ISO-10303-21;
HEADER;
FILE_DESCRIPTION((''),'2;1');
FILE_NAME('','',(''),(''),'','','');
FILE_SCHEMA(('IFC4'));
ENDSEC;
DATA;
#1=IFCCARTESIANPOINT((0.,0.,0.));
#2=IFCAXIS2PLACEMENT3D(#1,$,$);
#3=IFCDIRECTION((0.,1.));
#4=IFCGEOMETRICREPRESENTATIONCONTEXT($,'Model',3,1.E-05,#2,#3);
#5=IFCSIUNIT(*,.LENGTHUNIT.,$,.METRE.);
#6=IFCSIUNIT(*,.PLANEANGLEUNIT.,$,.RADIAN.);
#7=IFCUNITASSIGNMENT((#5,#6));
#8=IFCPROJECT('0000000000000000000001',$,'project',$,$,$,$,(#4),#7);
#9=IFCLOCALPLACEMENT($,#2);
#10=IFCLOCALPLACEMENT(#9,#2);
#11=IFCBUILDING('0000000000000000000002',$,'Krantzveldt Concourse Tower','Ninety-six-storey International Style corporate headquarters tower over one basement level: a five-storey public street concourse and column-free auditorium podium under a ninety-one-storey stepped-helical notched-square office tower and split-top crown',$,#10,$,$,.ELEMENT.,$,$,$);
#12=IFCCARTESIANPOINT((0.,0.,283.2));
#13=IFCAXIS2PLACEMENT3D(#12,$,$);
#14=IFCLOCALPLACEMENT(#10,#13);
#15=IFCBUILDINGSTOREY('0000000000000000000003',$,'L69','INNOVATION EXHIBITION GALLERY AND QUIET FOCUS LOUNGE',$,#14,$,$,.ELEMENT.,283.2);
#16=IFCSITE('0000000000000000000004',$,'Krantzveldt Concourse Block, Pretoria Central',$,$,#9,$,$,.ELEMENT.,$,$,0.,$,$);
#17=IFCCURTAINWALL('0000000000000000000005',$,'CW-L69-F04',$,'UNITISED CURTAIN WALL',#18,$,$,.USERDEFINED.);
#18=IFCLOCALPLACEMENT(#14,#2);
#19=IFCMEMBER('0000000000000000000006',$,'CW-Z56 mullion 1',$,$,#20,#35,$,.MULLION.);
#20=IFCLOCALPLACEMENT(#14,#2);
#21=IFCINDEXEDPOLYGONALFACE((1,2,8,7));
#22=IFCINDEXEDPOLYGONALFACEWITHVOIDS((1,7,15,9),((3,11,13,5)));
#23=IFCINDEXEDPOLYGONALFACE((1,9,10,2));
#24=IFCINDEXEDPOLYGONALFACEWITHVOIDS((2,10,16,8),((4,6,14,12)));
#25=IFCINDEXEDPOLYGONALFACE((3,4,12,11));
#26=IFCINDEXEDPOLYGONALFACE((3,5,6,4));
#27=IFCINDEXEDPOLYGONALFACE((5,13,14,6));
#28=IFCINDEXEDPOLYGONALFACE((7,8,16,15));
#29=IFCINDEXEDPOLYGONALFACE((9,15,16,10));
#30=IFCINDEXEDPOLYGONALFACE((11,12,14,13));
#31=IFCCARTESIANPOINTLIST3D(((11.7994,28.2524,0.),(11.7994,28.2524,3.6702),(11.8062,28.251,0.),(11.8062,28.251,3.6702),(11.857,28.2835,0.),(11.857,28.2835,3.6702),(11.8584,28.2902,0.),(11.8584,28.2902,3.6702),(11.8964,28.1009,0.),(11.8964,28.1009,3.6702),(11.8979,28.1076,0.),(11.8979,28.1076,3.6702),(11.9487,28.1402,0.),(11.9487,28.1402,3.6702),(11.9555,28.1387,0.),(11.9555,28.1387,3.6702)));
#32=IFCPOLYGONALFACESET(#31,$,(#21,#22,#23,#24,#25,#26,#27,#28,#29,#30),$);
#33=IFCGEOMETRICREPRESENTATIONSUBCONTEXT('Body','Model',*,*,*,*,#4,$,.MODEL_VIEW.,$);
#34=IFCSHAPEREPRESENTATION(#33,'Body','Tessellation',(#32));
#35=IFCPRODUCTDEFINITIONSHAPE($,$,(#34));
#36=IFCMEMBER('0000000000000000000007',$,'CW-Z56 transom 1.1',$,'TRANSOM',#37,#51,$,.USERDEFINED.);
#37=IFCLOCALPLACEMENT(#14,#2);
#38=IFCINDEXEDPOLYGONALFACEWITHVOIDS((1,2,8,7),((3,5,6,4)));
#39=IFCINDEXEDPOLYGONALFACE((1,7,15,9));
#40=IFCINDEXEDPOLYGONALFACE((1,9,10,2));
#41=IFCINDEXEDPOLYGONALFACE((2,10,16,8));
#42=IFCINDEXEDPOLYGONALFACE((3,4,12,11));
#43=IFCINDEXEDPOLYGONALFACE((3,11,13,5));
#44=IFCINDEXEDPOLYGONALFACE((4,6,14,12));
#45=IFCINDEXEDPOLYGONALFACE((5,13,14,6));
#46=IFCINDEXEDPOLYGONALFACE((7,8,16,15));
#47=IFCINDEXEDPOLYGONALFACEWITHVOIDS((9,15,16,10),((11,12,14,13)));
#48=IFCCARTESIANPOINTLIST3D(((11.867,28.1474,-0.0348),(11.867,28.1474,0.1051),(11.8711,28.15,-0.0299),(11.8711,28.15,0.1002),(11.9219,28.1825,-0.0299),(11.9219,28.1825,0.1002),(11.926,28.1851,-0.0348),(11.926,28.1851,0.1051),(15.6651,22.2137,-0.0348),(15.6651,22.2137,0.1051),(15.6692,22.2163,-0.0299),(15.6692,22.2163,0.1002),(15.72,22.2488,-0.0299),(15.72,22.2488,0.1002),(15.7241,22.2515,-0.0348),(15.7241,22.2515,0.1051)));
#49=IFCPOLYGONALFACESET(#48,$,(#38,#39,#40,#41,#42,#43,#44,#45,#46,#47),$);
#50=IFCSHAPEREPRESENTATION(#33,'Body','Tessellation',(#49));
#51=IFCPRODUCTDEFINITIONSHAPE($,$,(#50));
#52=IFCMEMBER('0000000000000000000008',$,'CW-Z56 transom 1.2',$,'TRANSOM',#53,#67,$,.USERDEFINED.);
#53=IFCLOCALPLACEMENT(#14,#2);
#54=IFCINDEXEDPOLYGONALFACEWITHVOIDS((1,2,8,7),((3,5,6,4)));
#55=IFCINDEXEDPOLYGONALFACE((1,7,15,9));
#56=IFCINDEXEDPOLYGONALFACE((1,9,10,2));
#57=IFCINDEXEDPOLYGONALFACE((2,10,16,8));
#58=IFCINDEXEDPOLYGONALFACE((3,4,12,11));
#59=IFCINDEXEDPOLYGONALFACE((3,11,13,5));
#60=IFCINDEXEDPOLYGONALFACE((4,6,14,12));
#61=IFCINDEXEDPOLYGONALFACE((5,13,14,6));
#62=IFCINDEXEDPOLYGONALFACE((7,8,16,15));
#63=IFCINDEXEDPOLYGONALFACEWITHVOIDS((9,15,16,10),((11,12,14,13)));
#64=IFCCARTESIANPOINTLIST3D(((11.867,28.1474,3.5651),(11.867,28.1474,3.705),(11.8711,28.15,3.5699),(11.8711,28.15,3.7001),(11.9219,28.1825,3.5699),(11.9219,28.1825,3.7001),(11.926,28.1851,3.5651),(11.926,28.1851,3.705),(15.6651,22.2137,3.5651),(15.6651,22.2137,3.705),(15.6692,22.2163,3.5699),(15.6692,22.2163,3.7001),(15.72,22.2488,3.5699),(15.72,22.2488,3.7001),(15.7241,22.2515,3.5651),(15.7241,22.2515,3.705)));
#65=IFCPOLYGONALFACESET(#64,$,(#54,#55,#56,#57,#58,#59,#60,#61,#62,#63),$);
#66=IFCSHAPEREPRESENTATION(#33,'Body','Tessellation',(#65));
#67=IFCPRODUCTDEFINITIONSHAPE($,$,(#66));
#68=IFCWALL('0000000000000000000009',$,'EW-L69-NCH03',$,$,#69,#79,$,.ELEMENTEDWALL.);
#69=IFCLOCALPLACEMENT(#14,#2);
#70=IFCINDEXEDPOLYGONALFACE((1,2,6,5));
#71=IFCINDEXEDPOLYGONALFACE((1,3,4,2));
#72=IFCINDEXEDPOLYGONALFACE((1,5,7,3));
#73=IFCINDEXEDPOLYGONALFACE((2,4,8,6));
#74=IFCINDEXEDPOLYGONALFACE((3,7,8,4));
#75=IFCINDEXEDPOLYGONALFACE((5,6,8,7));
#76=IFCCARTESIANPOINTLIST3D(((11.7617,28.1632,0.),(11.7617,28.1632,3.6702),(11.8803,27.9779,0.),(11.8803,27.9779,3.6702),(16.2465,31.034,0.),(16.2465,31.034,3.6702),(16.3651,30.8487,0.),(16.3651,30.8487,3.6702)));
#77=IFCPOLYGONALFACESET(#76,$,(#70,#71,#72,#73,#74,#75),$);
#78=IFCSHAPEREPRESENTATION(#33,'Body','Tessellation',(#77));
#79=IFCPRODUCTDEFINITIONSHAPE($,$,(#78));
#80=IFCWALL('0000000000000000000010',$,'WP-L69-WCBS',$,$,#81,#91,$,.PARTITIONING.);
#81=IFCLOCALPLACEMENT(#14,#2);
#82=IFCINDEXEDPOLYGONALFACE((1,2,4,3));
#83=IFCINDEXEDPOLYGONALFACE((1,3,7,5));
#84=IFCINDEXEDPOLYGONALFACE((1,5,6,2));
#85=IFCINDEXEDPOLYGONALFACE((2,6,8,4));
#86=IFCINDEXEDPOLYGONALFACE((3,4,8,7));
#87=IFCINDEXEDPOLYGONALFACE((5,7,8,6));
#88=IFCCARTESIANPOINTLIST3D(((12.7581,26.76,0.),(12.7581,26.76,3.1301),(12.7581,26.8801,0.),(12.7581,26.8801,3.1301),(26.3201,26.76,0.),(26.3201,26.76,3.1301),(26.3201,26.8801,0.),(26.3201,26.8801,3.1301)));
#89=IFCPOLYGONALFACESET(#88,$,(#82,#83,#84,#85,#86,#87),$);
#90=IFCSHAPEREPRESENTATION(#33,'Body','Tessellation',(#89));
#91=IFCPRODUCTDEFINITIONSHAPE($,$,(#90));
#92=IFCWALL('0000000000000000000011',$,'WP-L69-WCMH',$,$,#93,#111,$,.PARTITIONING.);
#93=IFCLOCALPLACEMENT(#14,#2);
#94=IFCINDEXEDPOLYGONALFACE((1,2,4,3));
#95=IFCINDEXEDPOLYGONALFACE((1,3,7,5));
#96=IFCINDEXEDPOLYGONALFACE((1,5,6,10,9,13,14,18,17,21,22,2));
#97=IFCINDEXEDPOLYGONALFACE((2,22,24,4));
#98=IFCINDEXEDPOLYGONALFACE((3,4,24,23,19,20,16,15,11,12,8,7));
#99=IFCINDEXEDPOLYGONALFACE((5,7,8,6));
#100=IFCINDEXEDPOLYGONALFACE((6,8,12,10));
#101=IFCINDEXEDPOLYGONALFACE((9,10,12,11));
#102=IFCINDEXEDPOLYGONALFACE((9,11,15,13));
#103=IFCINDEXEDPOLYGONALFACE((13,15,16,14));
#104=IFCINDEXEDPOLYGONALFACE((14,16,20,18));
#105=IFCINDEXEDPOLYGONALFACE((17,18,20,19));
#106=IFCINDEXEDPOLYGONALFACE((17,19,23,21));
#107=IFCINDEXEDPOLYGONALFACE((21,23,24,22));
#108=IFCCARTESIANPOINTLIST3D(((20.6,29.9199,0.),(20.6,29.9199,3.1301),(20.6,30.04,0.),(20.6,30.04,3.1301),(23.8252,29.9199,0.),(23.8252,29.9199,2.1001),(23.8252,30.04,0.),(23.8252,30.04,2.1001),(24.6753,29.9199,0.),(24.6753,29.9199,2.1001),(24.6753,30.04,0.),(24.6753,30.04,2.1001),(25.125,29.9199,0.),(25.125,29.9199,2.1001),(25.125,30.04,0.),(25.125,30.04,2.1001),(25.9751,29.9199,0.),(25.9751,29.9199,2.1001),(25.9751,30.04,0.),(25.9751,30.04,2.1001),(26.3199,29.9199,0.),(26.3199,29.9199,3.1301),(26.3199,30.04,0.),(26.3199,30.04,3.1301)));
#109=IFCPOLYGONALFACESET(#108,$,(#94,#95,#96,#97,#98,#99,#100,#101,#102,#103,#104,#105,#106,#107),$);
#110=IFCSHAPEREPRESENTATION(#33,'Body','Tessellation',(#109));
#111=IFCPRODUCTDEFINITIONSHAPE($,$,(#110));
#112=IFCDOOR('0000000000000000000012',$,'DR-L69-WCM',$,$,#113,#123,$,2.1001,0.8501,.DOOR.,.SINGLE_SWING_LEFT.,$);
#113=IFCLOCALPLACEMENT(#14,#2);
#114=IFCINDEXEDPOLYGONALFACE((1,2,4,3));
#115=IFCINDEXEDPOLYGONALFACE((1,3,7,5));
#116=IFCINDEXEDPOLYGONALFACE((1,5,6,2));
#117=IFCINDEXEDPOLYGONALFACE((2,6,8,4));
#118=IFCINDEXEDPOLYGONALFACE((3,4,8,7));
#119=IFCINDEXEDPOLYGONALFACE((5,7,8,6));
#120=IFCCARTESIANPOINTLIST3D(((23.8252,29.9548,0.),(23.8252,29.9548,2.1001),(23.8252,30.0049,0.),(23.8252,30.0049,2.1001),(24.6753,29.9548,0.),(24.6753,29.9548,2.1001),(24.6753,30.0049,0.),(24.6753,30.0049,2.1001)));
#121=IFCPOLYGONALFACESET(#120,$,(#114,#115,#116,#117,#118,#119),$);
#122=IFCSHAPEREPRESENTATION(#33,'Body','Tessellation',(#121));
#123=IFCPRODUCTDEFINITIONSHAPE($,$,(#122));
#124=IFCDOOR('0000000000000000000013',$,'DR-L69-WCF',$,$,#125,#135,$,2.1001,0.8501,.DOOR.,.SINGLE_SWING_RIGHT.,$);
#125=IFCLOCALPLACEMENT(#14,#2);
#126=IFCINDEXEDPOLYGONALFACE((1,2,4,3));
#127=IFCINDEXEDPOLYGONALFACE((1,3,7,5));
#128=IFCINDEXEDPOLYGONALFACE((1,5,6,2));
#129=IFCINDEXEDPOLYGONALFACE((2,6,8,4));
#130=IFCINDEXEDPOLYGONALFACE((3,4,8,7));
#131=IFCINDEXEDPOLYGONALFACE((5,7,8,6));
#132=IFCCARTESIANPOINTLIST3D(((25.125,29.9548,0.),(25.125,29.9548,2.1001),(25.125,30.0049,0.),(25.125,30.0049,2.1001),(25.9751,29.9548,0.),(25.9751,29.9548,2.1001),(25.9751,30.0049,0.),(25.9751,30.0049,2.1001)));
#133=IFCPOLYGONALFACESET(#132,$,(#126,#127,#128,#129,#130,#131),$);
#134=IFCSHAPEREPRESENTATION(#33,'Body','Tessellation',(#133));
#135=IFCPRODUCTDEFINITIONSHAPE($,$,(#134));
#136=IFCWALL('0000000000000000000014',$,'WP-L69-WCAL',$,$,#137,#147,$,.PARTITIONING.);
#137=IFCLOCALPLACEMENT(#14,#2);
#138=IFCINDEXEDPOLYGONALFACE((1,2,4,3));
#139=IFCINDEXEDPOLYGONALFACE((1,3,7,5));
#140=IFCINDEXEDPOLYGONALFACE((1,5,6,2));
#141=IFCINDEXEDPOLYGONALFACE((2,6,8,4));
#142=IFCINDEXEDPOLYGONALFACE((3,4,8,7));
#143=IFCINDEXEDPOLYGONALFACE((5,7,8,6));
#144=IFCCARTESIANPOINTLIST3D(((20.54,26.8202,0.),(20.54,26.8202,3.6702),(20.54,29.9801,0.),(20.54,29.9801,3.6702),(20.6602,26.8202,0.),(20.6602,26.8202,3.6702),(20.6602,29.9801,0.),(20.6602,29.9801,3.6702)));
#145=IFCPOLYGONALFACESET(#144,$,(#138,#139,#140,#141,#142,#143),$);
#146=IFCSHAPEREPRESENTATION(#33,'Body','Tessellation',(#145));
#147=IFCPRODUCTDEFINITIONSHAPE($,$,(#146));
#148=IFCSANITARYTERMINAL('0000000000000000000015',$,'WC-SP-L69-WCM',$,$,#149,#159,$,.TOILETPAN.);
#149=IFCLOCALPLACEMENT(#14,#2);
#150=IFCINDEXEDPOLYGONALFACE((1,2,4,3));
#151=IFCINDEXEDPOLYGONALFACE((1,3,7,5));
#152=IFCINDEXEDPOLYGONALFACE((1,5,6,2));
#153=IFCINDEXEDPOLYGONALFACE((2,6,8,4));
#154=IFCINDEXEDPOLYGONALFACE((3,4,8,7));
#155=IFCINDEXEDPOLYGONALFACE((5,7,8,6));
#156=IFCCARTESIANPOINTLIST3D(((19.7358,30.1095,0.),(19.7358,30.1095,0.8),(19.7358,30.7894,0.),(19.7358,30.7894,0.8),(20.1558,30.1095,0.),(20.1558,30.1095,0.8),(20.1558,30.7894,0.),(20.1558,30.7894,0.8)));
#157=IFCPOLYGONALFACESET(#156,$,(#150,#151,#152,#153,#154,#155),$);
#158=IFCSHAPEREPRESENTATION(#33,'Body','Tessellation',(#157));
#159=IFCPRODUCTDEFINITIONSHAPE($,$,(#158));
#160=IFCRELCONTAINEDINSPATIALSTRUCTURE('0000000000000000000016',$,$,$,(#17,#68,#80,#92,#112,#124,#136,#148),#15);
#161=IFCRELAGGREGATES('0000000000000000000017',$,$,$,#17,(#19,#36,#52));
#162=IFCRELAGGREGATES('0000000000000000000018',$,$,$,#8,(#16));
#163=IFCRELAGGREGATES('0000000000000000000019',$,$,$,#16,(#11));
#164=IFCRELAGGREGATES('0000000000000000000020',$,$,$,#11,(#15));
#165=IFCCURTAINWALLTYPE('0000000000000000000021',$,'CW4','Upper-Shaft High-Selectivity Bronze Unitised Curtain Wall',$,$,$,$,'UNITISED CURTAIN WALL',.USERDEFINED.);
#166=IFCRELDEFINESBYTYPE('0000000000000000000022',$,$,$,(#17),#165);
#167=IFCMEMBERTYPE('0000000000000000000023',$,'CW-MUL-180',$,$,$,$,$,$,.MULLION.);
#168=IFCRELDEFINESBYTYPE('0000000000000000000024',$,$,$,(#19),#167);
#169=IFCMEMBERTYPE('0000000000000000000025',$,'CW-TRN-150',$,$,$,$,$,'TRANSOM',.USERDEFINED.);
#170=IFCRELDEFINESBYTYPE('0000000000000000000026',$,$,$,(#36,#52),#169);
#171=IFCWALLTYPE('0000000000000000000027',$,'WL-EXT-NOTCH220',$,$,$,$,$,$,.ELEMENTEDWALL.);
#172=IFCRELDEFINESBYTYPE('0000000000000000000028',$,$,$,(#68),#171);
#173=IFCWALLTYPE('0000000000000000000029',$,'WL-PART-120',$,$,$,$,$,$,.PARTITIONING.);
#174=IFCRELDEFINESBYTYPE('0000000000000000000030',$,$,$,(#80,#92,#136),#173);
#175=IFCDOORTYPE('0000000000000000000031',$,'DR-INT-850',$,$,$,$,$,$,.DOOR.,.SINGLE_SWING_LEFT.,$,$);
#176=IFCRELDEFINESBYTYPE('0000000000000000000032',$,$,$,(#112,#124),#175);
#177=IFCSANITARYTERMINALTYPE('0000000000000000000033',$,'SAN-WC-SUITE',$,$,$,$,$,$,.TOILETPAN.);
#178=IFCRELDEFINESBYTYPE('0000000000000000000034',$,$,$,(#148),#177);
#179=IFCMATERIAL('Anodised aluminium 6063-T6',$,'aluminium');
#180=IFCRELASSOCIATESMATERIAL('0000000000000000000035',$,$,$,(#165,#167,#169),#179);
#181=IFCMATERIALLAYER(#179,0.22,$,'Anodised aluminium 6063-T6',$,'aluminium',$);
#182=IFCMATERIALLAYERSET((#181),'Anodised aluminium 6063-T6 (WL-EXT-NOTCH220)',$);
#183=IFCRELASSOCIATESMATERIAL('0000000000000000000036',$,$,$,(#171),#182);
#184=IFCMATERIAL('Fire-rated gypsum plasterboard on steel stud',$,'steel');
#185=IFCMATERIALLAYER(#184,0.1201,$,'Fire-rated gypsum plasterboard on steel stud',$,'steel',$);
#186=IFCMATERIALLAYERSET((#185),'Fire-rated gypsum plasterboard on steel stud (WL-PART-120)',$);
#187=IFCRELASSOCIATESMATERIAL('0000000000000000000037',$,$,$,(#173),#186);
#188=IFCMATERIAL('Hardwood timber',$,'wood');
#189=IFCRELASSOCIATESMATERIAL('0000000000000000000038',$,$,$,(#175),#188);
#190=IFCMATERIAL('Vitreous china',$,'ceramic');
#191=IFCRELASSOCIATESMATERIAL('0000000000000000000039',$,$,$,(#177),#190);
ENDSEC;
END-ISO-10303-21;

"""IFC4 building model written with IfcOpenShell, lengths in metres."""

from ifc_helpers import new_model, si_unit, direction, frame, frame_2d, origin, origin_2d, place, context, subcontext, project, spatial, rectangle, hollow_rectangle, extrude, source, transform, mapped, material, layer, layer_set, material_profile, profile_set, type_object, type_shapes, element, fill, aggregate, save


model = new_model("IFC4")

# Units and contexts
model_context = context("Model", 3, precision=1e-05, world=origin(), true_north=direction((0.0, 1.0)))
body_context = subcontext(model_context, "Body", "Model", "MODEL_VIEW")
ifc_project = project(units=[si_unit("LENGTHUNIT", "METRE"), si_unit("PLANEANGLEUNIT", "RADIAN")], contexts=[model_context])

# Site, building, storey
site_placement = place(None, origin())
site = spatial("IfcSite", under=ifc_project, at=site_placement, Name="Krantzveldt Concourse Block, Pretoria Central", CompositionType="ELEMENT", RefElevation=0.0)
building_placement = place(site_placement, origin())
building = spatial("IfcBuilding", under=site, at=building_placement, Name="Krantzveldt Concourse Tower", Description="Ninety-six-storey International Style corporate headquarters tower over one basement level: a five-storey public street concourse and column-free auditorium podium under a ninety-one-storey stepped-helical notched-square office tower and split-top crown", CompositionType="ELEMENT")
storey_placement = place(building_placement, frame((0.0, 0.0, 283.2)))
storey = spatial("IfcBuildingStorey", under=building, at=storey_placement, Name="L69", Description="INNOVATION EXHIBITION GALLERY AND QUIET FOCUS LOUNGE", CompositionType="ELEMENT", Elevation=283.2)

# Curtain wall, members
ifc_material_1 = material(Name="Anodised aluminium 6063-T6", Category="aluminium")
curtain_wall_type = type_object("IfcCurtainWallType", Name="CW4", Description="Upper-Shaft High-Selectivity Bronze Unitised Curtain Wall", ElementType="UNITISED CURTAIN WALL", PredefinedType="USERDEFINED", material=ifc_material_1)
curtain_wall_placement = place(storey_placement, origin())
curtain_wall = element("IfcCurtainWall", 1, at=curtain_wall_placement, inside=storey, type_object=curtain_wall_type, Name="CW-L69-F04", ObjectType="UNITISED CURTAIN WALL", PredefinedType="USERDEFINED")
ifc_material_profile_1 = material_profile(ifc_material_1, hollow_rectangle(XDim=0.0701, YDim=0.1799, WallThickness=0.0049, at=origin_2d()), Name="Anodised aluminium 6063-T6", Category="aluminium")
ifc_profile_set_1 = profile_set([ifc_material_profile_1], Name="Anodised aluminium 6063-T6 - ALU-MULL 180x70x5")
member_type_1 = type_object("IfcMemberType", Name="CW-MUL-180", PredefinedType="MULLION", material=ifc_profile_set_1)
shared_shape_1 = source(origin(), body_context, "Body", "SweptSolid", [
    extrude(hollow_rectangle(XDim=0.0701, YDim=0.1799, WallThickness=0.0049, at=origin_2d()), origin(), (0.0, 0.0, 1.0), 3.6702),
])
type_shapes(member_type_1, [shared_shape_1])
member_1_placement = place(storey_placement, frame((11.8774, 28.1956, 0.0), z_axis=(0.0, 0.0, 1.0), x_axis=(0.842217, 0.539138, 0.0)))
member_1 = element("IfcMember", 2, at=member_1_placement, type_object=member_type_1, Name="CW-Z56 mullion 1", PredefinedType="MULLION", context=body_context, shape_type="MappedRepresentation", body=[
    mapped(shared_shape_1, transform((0.0, 0.0, 0.0), x_axis=(1.0, 0.0, 0.0), y_axis=(0.0, 1.0, 0.0), z_axis=(0.0, 0.0, 1.0), scale=1.0)),
])
ifc_material_profile_2 = material_profile(ifc_material_1, hollow_rectangle(XDim=0.0701, YDim=0.1399, WallThickness=0.0049, at=origin_2d()), Name="Anodised aluminium 6063-T6", Category="aluminium")
ifc_profile_set_2 = profile_set([ifc_material_profile_2], Name="Anodised aluminium 6063-T6 - ALU-TRAN 140x70x5")
member_type_2 = type_object("IfcMemberType", Name="CW-TRN-150", ElementType="TRANSOM", PredefinedType="USERDEFINED", material=ifc_profile_set_2)
shared_shape_2 = source(origin(), body_context, "Body", "SweptSolid", [
    extrude(hollow_rectangle(XDim=0.0701, YDim=0.1399, WallThickness=0.0049, at=origin_2d()), origin(), (0.0, 0.0, 1.0), 7.0452),
])
type_shapes(member_type_2, [shared_shape_2])
member_2_placement = place(storey_placement, frame((11.8965, 28.1663, 0.0352), z_axis=(0.539114, -0.842233, 0.0), x_axis=(0.842233, 0.539114, 0.0)))
member_2 = element("IfcMember", 3, at=member_2_placement, type_object=member_type_2, Name="CW-Z56 transom 1.1", ObjectType="TRANSOM", PredefinedType="USERDEFINED", context=body_context, shape_type="MappedRepresentation", body=[
    mapped(shared_shape_2, transform((0.0, 0.0, 0.0), x_axis=(1.0, 0.0, 0.0), y_axis=(0.0, 1.0, 0.0), z_axis=(0.0, 0.0, 1.0), scale=1.0)),
])
member_3_placement = place(storey_placement, frame((11.8965, 28.1663, 3.635), z_axis=(0.539114, -0.842233, 0.0), x_axis=(0.842233, 0.539114, 0.0)))
member_3 = element("IfcMember", 4, at=member_3_placement, type_object=member_type_2, Name="CW-Z56 transom 1.2", ObjectType="TRANSOM", PredefinedType="USERDEFINED", context=body_context, shape_type="MappedRepresentation", body=[
    mapped(shared_shape_2, transform((0.0, 0.0, 0.0), x_axis=(1.0, 0.0, 0.0), y_axis=(0.0, 1.0, 0.0), z_axis=(0.0, 0.0, 1.0), scale=1.0)),
])
aggregate(curtain_wall, [member_1, member_2, member_3])

# Walls
ifc_layer_1 = layer(ifc_material_1, 0.22, Name="Anodised aluminium 6063-T6", Category="aluminium")
ifc_layer_set_1 = layer_set([ifc_layer_1], Name="Anodised aluminium 6063-T6 (WL-EXT-NOTCH220)")
wall_type_1 = type_object("IfcWallType", Name="WL-EXT-NOTCH220", PredefinedType="ELEMENTEDWALL", material=ifc_layer_set_1)
wall_1_placement = place(storey_placement, frame((16.3059, 30.9414, 0.0), z_axis=(0.0, 0.0, 1.0), x_axis=(-0.842226, -0.539125, 0.0)))
element("IfcWall", 5, at=wall_1_placement, inside=storey, type_object=wall_type_1, Name="EW-L69-NCH03", PredefinedType="ELEMENTEDWALL", context=body_context, shape_type="SweptSolid", body=[
    extrude(rectangle(XDim=5.325, YDim=0.22, at=frame_2d((2.6626, 0.0))), origin(), (0.0, 0.0, 1.0), 3.6702),
])
ifc_material_2 = material(Name="Fire-rated gypsum plasterboard on steel stud", Category="steel")
ifc_layer_2 = layer(ifc_material_2, 0.1201, Name="Fire-rated gypsum plasterboard on steel stud", Category="steel")
ifc_layer_set_2 = layer_set([ifc_layer_2], Name="Fire-rated gypsum plasterboard on steel stud (WL-PART-120)")
wall_type_2 = type_object("IfcWallType", Name="WL-PART-120", PredefinedType="PARTITIONING", material=ifc_layer_set_2)
wall_2_placement = place(storey_placement, frame((12.7581, 26.8201, 0.0), z_axis=(0.0, 0.0, 1.0), x_axis=(1.0, 0.0, 0.0)))
element("IfcWall", 6, at=wall_2_placement, inside=storey, type_object=wall_type_2, Name="WP-L69-WCBS", PredefinedType="PARTITIONING", context=body_context, shape_type="SweptSolid", body=[
    extrude(rectangle(XDim=13.562, YDim=0.1201, at=frame_2d((6.781, 0.0))), origin(), (0.0, 0.0, 1.0), 3.1301),
])

# Wall, openings, doors
wall_3_placement = place(storey_placement, frame((20.6001, 29.98, 0.0), z_axis=(0.0, 0.0, 1.0), x_axis=(1.0, 0.0, 0.0)))
wall_3 = element("IfcWall", 7, at=wall_3_placement, inside=storey, type_object=wall_type_2, Name="WP-L69-WCMH", PredefinedType="PARTITIONING", context=body_context, shape_type="SweptSolid", body=[
    extrude(rectangle(XDim=5.72, YDim=0.1201, at=frame_2d((2.8599, 0.0))), origin(), (0.0, 0.0, 1.0), 3.1301),
])
opening_1_placement = place(wall_3_placement, frame((3.2251, 0.0, 0.0)))
opening_1 = element("IfcOpeningElement", 8, at=opening_1_placement, cuts=wall_3, PredefinedType="OPENING", context=body_context, shape_type="SweptSolid", body=[
    extrude(rectangle(XDim=0.8501, YDim=2.1001, at=frame_2d((0.425, 1.05))), frame((0.0, 0.0701, 0.0), z_axis=(0.0, -1.0, 0.0), x_axis=(1.0, 0.0, 0.0)), (0.0, 0.0, 1.0), 0.1401),
])
opening_2_placement = place(wall_3_placement, frame((4.5249, 0.0, 0.0)))
opening_2 = element("IfcOpeningElement", 9, at=opening_2_placement, cuts=wall_3, PredefinedType="OPENING", context=body_context, shape_type="SweptSolid", body=[
    extrude(rectangle(XDim=0.8501, YDim=2.1001, at=frame_2d((0.425, 1.05))), frame((0.0, 0.0701, 0.0), z_axis=(0.0, -1.0, 0.0), x_axis=(1.0, 0.0, 0.0)), (0.0, 0.0, 1.0), 0.1401),
])
ifc_material_3 = material(Name="Hardwood timber", Category="wood")
door_type = type_object("IfcDoorType", Name="DR-INT-850", OperationType="SINGLE_SWING_LEFT", PredefinedType="DOOR", material=ifc_material_3)
door_1_placement = place(opening_1_placement, origin())
door_1 = element("IfcDoor", 10, at=door_1_placement, inside=storey, type_object=door_type, Name="DR-L69-WCM", OperationType="SINGLE_SWING_LEFT", OverallHeight=2.1001, OverallWidth=0.8501, PredefinedType="DOOR", context=body_context, shape_type="SweptSolid", body=[
    extrude(rectangle(XDim=0.8501, YDim=2.1001, at=frame_2d((0.425, 1.05))), frame((0.0, 0.0249, 0.0), z_axis=(0.0, -1.0, 0.0), x_axis=(1.0, 0.0, 0.0)), (0.0, 0.0, 1.0), 0.05),
])
fill(opening_1, door_1)
door_2_placement = place(opening_2_placement, origin())
door_2 = element("IfcDoor", 11, at=door_2_placement, inside=storey, type_object=door_type, Name="DR-L69-WCF", OperationType="SINGLE_SWING_RIGHT", OverallHeight=2.1001, OverallWidth=0.8501, PredefinedType="DOOR", context=body_context, shape_type="SweptSolid", body=[
    extrude(rectangle(XDim=0.8501, YDim=2.1001, at=frame_2d((0.425, 1.05))), frame((0.0, 0.0249, 0.0), z_axis=(0.0, -1.0, 0.0), x_axis=(1.0, 0.0, 0.0)), (0.0, 0.0, 1.0), 0.05),
])
fill(opening_2, door_2)

# Wall
wall_4_placement = place(storey_placement, frame((20.6001, 26.8201, 0.0), z_axis=(0.0, 0.0, 1.0), x_axis=(0.0, 1.0, 0.0)))
element("IfcWall", 12, at=wall_4_placement, inside=storey, type_object=wall_type_2, Name="WP-L69-WCAL", PredefinedType="PARTITIONING", context=body_context, shape_type="SweptSolid", body=[
    extrude(rectangle(XDim=3.1599, YDim=0.1201, at=frame_2d((1.5801, 0.0))), origin(), (0.0, 0.0, 1.0), 3.6702),
])

# Sanitary terminal
ifc_material_4 = material(Name="Vitreous china", Category="ceramic")
sanitary_terminal_type_1 = type_object("IfcSanitaryTerminalType", Name="SAN-WC-SUITE", PredefinedType="TOILETPAN", material=ifc_material_4)
shared_shape_3 = source(origin(), body_context, "Body", "SweptSolid", [
    extrude(rectangle(XDim=0.4199, YDim=0.6799, at=origin_2d()), origin(), (0.0, 0.0, 1.0), 0.8),
])
type_shapes(sanitary_terminal_type_1, [shared_shape_3])
sanitary_terminal_1_placement = place(storey_placement, frame((19.9458, 30.4495, 0.0), z_axis=(0.0, 0.0, 1.0), x_axis=(1.0, 0.0, 0.0)))
element("IfcSanitaryTerminal", 13, at=sanitary_terminal_1_placement, inside=storey, type_object=sanitary_terminal_type_1, Name="WC-SP-L69-WCM", PredefinedType="TOILETPAN", context=body_context, shape_type="MappedRepresentation", body=[
    mapped(shared_shape_3, transform((0.0, 0.0, 0.0), x_axis=(1.0, 0.0, 0.0), y_axis=(0.0, 1.0, 0.0), z_axis=(0.0, 0.0, 1.0), scale=1.0)),
])

save(model, "model.ifc")
